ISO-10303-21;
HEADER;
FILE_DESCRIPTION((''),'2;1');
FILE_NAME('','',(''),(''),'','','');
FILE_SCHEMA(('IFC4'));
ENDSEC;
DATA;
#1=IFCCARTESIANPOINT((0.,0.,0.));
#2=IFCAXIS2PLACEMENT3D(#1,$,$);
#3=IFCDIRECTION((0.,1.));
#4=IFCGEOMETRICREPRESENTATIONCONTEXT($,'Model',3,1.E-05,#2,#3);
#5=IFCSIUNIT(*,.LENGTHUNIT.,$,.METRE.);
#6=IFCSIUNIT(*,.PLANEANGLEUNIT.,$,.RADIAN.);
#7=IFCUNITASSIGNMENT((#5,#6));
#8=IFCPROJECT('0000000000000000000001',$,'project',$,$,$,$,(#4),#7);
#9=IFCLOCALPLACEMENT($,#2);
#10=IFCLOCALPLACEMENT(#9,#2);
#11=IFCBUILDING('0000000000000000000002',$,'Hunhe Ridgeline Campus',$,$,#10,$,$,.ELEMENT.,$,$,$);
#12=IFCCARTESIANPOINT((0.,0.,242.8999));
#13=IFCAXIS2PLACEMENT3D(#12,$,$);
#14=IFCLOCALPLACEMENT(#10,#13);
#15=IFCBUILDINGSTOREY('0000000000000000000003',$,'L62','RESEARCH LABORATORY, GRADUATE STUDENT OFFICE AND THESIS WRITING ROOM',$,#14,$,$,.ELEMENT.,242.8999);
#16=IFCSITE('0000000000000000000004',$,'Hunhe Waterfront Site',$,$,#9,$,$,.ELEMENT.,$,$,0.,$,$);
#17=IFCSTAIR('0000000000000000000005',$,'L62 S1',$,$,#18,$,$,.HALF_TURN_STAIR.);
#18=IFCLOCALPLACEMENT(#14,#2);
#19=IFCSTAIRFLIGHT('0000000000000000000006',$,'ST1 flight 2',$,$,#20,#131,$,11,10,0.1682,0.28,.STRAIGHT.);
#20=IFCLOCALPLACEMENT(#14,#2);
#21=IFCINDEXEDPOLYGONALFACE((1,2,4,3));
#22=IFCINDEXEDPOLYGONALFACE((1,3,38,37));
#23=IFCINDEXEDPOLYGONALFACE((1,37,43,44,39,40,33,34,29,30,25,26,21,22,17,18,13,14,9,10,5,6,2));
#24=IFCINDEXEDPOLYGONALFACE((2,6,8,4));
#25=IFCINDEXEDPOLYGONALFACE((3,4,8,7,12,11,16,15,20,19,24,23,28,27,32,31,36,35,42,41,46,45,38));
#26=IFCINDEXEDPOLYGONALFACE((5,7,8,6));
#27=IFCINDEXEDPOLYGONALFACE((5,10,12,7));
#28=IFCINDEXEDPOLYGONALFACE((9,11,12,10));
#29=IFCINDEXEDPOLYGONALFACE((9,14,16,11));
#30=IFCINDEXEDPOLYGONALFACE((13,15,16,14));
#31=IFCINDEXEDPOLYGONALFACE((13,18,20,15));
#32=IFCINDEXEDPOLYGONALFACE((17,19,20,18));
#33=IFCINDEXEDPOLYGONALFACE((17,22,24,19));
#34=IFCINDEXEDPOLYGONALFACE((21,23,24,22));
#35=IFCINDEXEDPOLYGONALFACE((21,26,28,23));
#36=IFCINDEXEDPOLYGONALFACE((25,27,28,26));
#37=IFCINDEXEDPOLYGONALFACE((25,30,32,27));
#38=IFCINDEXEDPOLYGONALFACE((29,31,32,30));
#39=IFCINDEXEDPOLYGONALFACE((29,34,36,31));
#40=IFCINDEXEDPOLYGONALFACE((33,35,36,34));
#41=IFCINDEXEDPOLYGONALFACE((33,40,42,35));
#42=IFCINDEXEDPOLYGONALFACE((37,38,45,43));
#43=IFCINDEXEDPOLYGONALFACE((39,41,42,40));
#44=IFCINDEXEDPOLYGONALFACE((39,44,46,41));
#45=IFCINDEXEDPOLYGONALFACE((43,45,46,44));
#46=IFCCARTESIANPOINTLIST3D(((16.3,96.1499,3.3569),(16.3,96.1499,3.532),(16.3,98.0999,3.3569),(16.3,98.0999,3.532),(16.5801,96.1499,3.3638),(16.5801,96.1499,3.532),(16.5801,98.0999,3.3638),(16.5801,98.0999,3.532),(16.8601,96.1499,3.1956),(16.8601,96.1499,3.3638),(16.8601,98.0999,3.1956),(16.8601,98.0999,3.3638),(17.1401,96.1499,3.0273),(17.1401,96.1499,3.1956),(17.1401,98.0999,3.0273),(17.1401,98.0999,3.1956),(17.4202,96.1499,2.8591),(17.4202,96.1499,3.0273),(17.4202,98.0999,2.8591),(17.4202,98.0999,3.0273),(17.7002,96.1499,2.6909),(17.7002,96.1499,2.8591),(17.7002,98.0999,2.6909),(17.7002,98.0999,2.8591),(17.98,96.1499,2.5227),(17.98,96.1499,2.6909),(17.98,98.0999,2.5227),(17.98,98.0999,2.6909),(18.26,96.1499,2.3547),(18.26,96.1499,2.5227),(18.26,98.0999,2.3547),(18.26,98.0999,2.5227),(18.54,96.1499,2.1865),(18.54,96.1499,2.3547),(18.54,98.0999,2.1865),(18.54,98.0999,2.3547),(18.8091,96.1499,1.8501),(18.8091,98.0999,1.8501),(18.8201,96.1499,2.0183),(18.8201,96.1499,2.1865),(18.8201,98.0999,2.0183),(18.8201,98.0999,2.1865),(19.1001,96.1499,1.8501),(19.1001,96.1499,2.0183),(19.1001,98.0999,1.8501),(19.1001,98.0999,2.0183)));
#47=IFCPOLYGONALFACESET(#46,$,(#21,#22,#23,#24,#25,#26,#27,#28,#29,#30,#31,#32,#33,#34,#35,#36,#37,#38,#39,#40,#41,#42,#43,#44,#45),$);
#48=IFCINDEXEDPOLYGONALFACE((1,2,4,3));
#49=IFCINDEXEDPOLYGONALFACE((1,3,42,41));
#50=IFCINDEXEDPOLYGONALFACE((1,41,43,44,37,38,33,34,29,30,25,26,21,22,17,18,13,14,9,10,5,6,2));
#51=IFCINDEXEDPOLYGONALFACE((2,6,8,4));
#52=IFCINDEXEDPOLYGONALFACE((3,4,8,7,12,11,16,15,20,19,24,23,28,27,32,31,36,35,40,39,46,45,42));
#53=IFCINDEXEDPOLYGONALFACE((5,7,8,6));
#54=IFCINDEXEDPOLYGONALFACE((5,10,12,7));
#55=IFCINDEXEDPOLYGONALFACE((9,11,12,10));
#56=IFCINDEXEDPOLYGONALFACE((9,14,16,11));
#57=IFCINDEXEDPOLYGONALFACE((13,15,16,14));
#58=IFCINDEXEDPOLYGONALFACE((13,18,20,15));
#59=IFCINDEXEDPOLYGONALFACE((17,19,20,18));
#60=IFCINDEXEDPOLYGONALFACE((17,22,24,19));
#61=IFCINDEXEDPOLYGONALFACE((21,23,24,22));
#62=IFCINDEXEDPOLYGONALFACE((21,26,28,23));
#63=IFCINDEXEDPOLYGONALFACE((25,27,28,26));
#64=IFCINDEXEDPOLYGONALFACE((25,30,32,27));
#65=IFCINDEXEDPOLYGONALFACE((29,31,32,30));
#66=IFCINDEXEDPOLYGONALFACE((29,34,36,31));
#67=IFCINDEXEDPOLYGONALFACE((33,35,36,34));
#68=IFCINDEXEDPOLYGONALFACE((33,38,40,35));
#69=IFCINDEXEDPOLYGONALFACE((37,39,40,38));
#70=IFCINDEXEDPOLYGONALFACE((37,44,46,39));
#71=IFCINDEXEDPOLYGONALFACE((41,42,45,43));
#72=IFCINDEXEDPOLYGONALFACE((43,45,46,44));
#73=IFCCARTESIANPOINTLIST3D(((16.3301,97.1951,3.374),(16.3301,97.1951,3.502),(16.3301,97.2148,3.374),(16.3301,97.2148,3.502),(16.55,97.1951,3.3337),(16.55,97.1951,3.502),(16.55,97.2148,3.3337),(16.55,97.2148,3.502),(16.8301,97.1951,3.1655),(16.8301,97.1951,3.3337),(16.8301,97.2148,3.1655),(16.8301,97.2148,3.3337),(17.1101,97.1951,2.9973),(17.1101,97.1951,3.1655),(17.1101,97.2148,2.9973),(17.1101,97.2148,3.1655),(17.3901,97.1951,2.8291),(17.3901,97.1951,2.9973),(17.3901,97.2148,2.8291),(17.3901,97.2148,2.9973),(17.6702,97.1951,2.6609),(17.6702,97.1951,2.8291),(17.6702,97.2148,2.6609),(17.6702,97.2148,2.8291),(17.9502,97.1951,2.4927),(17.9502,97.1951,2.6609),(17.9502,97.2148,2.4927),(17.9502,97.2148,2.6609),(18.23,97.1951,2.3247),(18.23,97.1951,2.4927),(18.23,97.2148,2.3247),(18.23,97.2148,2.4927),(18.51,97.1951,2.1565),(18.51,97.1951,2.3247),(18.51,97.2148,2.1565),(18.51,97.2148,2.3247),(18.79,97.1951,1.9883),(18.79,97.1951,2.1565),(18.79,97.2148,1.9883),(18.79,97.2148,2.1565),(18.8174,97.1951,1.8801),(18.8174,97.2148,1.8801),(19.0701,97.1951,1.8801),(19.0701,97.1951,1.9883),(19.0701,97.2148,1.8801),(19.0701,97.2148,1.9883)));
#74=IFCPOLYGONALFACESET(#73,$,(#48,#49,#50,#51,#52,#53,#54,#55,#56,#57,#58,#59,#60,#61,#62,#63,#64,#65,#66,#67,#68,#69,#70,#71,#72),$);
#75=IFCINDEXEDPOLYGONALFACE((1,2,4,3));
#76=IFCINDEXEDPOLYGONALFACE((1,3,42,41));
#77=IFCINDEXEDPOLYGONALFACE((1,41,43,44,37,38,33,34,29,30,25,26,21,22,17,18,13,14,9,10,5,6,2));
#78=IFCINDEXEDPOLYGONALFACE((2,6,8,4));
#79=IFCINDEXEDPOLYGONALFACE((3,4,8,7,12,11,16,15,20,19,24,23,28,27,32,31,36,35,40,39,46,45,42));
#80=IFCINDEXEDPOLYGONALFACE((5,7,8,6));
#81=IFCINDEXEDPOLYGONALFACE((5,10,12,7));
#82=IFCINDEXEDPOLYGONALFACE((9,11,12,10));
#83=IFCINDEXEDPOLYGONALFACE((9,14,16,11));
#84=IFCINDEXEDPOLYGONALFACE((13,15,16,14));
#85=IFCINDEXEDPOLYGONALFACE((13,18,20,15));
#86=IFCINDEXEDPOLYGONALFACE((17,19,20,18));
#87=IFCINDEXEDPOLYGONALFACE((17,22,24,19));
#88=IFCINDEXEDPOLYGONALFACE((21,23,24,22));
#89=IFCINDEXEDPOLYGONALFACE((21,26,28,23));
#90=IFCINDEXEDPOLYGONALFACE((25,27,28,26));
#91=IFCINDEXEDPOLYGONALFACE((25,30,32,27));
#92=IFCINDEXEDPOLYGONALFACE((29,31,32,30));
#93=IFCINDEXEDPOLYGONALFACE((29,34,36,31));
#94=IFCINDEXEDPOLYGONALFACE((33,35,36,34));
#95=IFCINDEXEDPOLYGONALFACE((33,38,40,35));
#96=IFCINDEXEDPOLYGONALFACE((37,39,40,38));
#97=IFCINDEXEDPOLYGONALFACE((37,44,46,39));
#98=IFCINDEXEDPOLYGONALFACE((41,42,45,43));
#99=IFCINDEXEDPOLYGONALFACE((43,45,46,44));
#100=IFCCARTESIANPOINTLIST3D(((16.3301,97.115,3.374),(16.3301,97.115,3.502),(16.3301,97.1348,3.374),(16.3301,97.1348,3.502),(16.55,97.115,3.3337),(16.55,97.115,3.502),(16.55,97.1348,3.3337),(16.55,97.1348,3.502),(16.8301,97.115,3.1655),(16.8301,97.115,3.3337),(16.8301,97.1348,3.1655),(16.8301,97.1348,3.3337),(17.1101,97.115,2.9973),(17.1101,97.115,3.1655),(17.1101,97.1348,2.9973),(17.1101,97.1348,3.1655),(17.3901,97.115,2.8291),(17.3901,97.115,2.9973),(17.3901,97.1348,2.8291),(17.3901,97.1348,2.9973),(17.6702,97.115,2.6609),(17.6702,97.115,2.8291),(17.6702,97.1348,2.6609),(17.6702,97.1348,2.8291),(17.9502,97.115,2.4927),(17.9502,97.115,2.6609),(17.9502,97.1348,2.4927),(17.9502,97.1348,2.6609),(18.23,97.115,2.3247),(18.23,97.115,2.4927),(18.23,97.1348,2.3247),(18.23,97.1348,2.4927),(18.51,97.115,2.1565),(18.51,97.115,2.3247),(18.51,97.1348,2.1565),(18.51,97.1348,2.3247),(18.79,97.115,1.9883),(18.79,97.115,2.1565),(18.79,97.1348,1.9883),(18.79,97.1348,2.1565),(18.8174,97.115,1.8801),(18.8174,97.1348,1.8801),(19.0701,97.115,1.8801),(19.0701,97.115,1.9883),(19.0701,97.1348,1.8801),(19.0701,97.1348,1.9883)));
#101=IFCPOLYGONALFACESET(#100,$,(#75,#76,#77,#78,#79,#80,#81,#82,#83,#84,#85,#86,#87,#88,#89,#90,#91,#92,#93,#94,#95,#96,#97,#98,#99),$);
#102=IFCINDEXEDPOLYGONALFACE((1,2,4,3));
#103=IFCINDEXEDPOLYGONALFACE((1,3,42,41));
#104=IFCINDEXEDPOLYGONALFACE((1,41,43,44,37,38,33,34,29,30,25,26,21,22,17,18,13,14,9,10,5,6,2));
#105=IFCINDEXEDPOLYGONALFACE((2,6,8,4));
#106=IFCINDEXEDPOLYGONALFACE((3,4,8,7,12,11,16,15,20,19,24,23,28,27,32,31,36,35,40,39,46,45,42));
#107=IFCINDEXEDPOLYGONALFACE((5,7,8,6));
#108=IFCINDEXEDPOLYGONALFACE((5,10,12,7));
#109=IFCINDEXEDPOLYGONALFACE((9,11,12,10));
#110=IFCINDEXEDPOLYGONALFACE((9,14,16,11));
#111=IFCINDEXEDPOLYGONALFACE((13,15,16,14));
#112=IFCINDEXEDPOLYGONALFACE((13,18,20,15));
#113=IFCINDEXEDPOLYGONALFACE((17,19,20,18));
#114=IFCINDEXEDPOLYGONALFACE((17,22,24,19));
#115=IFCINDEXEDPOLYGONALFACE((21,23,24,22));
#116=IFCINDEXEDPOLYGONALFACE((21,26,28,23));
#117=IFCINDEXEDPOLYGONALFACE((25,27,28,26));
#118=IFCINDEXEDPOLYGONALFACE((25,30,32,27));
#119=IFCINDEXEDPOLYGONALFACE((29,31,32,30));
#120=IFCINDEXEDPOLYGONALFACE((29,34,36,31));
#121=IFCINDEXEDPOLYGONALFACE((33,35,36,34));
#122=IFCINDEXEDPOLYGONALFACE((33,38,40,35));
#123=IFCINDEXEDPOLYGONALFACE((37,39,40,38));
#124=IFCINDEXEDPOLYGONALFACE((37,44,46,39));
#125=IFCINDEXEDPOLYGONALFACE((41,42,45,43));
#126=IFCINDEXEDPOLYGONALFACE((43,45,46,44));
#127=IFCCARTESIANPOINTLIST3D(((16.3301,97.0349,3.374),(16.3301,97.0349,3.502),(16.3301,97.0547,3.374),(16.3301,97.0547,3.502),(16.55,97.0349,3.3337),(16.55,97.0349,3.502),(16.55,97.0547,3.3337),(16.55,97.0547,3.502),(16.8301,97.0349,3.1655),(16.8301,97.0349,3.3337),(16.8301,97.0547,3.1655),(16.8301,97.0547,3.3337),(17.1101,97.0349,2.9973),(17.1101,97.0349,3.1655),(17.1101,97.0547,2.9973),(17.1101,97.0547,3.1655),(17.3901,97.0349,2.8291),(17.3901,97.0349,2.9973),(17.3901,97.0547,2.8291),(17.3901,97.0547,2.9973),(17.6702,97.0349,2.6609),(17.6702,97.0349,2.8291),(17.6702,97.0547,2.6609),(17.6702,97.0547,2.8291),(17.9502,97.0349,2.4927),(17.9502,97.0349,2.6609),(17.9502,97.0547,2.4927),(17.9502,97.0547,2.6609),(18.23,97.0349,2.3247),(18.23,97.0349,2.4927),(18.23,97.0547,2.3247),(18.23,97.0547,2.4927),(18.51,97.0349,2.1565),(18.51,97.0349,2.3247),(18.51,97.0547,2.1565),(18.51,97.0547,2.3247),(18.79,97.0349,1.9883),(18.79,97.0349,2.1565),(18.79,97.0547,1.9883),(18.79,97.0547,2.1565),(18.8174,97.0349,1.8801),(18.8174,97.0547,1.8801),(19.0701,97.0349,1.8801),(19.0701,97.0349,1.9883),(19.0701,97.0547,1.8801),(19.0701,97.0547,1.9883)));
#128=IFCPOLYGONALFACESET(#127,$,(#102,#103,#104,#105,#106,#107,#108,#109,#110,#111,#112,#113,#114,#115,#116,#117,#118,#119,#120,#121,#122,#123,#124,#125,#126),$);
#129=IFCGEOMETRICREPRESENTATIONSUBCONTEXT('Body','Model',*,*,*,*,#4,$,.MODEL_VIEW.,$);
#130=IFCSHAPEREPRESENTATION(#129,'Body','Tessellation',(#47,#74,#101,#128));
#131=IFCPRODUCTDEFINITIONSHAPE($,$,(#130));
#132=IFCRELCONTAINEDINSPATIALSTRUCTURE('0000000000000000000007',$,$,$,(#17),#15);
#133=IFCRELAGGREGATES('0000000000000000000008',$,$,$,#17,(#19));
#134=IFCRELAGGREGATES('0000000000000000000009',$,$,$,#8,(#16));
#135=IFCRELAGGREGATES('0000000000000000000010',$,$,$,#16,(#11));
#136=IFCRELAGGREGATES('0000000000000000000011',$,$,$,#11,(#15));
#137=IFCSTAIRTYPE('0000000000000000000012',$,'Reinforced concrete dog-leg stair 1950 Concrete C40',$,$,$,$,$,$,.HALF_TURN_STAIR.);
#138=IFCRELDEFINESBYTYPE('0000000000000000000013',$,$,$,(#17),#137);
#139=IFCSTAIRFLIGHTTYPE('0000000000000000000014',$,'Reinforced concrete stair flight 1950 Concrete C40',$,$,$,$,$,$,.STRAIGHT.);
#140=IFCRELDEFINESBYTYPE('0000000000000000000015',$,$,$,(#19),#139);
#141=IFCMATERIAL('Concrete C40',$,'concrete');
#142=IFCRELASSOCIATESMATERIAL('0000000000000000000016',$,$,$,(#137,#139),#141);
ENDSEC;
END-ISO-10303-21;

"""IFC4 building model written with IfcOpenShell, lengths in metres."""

from ifc_helpers import new_model, si_unit, direction, frame, origin, place, context, subcontext, project, spatial, polyline, outline, extrude, material, type_object, element, aggregate, save


model = new_model("IFC4")

# Units and contexts
model_context = context("Model", 3, precision=1e-05, world=origin(), true_north=direction((0.0, 1.0)))
body_context = subcontext(model_context, "Body", "Model", "MODEL_VIEW")
ifc_project = project(units=[si_unit("LENGTHUNIT", "METRE"), si_unit("PLANEANGLEUNIT", "RADIAN")], contexts=[model_context])

# Site, building, storey
site_placement = place(None, origin())
site = spatial("IfcSite", under=ifc_project, at=site_placement, Name="Hunhe Waterfront Site", CompositionType="ELEMENT", RefElevation=0.0)
building_placement = place(site_placement, origin())
building = spatial("IfcBuilding", under=site, at=building_placement, Name="Hunhe Ridgeline Campus", CompositionType="ELEMENT")
storey_placement = place(building_placement, frame((0.0, 0.0, 242.8999)))
storey = spatial("IfcBuildingStorey", under=building, at=storey_placement, Name="L62", Description="RESEARCH LABORATORY, GRADUATE STUDENT OFFICE AND THESIS WRITING ROOM", CompositionType="ELEMENT", Elevation=242.8999)

# Stair, stair flight
ifc_material_1 = material(Name="Concrete C40", Category="concrete")
stair_type = type_object("IfcStairType", Name="Reinforced concrete dog-leg stair 1950 Concrete C40", PredefinedType="HALF_TURN_STAIR", material=ifc_material_1)
stair_placement = place(storey_placement, origin())
stair = element("IfcStair", 1, at=stair_placement, inside=storey, type_object=stair_type, Name="L62 S1", PredefinedType="HALF_TURN_STAIR")
stair_flight_type = type_object("IfcStairFlightType", Name="Reinforced concrete stair flight 1950 Concrete C40", PredefinedType="STRAIGHT", material=ifc_material_1)
stair_flight_1_placement = place(storey_placement, frame((19.1001, 97.125, 1.8501), z_axis=(0.0, 0.0, 1.0), x_axis=(-1.0, 0.0, 0.0)))
stair_flight_1 = element("IfcStairFlight", 2, at=stair_flight_1_placement, type_object=stair_flight_type, Name="ST1 flight 2", NumberOfRisers=11, NumberOfTreads=10, PredefinedType="STRAIGHT", RiserHeight=0.1682, TreadLength=0.28, context=body_context, shape_type="SweptSolid", body=[
    extrude(outline(polyline([(0.0, 0.0), (0.0, 0.1682), (0.28, 0.1682), (0.28, 0.3364), (0.5601, 0.3364), (0.5601, 0.5046), (0.8401, 0.5046), (0.8401, 0.6726), (1.1201, 0.6726), (1.1201, 0.8408), (1.3999, 0.8408), (1.3999, 1.009), (1.6799, 1.009), (1.6799, 1.1772), (1.96, 1.1772), (1.96, 1.3455), (2.24, 1.3455), (2.24, 1.5137), (2.52, 1.5137), (2.52, 1.6819), (2.8, 1.6819), (2.8, 1.8501), (2.8, 1.5068), (0.291, 0.0), (0.0, 0.0)])), frame((0.0, 0.9751, 0.0), z_axis=(0.0, -1.0, 0.0), x_axis=(1.0, 0.0, 0.0)), (0.0, 0.0, 1.0), 1.95),
    extrude(outline(polyline([(0.03, 0.03), (0.03, 0.1382), (0.3101, 0.1382), (0.3101, 0.3064), (0.5901, 0.3064), (0.5901, 0.4746), (0.8701, 0.4746), (0.8701, 0.6426), (1.1499, 0.6426), (1.1499, 0.8108), (1.4299, 0.8108), (1.4299, 0.979), (1.71, 0.979), (1.71, 1.1472), (1.99, 1.1472), (1.99, 1.3154), (2.27, 1.3154), (2.27, 1.4836), (2.55, 1.4836), (2.55, 1.6519), (2.77, 1.6519), (2.77, 1.5239), (0.2827, 0.03), (0.03, 0.03)])), frame((0.0, -0.0701, 0.0), z_axis=(0.0, -1.0, 0.0), x_axis=(1.0, 0.0, 0.0)), (0.0, 0.0, 1.0), 0.0198),
    extrude(outline(polyline([(0.03, 0.03), (0.03, 0.1382), (0.3101, 0.1382), (0.3101, 0.3064), (0.5901, 0.3064), (0.5901, 0.4746), (0.8701, 0.4746), (0.8701, 0.6426), (1.1499, 0.6426), (1.1499, 0.8108), (1.4299, 0.8108), (1.4299, 0.979), (1.71, 0.979), (1.71, 1.1472), (1.99, 1.1472), (1.99, 1.3154), (2.27, 1.3154), (2.27, 1.4836), (2.55, 1.4836), (2.55, 1.6519), (2.77, 1.6519), (2.77, 1.5239), (0.2827, 0.03), (0.03, 0.03)])), frame((0.0, 0.01, 0.0), z_axis=(0.0, -1.0, 0.0), x_axis=(1.0, 0.0, 0.0)), (0.0, 0.0, 1.0), 0.0198),
    extrude(outline(polyline([(0.03, 0.03), (0.03, 0.1382), (0.3101, 0.1382), (0.3101, 0.3064), (0.5901, 0.3064), (0.5901, 0.4746), (0.8701, 0.4746), (0.8701, 0.6426), (1.1499, 0.6426), (1.1499, 0.8108), (1.4299, 0.8108), (1.4299, 0.979), (1.71, 0.979), (1.71, 1.1472), (1.99, 1.1472), (1.99, 1.3154), (2.27, 1.3154), (2.27, 1.4836), (2.55, 1.4836), (2.55, 1.6519), (2.77, 1.6519), (2.77, 1.5239), (0.2827, 0.03), (0.03, 0.03)])), frame((0.0, 0.0901, 0.0), z_axis=(0.0, -1.0, 0.0), x_axis=(1.0, 0.0, 0.0)), (0.0, 0.0, 1.0), 0.0198),
])
aggregate(stair, [stair_flight_1])

save(model, "model.ifc")
